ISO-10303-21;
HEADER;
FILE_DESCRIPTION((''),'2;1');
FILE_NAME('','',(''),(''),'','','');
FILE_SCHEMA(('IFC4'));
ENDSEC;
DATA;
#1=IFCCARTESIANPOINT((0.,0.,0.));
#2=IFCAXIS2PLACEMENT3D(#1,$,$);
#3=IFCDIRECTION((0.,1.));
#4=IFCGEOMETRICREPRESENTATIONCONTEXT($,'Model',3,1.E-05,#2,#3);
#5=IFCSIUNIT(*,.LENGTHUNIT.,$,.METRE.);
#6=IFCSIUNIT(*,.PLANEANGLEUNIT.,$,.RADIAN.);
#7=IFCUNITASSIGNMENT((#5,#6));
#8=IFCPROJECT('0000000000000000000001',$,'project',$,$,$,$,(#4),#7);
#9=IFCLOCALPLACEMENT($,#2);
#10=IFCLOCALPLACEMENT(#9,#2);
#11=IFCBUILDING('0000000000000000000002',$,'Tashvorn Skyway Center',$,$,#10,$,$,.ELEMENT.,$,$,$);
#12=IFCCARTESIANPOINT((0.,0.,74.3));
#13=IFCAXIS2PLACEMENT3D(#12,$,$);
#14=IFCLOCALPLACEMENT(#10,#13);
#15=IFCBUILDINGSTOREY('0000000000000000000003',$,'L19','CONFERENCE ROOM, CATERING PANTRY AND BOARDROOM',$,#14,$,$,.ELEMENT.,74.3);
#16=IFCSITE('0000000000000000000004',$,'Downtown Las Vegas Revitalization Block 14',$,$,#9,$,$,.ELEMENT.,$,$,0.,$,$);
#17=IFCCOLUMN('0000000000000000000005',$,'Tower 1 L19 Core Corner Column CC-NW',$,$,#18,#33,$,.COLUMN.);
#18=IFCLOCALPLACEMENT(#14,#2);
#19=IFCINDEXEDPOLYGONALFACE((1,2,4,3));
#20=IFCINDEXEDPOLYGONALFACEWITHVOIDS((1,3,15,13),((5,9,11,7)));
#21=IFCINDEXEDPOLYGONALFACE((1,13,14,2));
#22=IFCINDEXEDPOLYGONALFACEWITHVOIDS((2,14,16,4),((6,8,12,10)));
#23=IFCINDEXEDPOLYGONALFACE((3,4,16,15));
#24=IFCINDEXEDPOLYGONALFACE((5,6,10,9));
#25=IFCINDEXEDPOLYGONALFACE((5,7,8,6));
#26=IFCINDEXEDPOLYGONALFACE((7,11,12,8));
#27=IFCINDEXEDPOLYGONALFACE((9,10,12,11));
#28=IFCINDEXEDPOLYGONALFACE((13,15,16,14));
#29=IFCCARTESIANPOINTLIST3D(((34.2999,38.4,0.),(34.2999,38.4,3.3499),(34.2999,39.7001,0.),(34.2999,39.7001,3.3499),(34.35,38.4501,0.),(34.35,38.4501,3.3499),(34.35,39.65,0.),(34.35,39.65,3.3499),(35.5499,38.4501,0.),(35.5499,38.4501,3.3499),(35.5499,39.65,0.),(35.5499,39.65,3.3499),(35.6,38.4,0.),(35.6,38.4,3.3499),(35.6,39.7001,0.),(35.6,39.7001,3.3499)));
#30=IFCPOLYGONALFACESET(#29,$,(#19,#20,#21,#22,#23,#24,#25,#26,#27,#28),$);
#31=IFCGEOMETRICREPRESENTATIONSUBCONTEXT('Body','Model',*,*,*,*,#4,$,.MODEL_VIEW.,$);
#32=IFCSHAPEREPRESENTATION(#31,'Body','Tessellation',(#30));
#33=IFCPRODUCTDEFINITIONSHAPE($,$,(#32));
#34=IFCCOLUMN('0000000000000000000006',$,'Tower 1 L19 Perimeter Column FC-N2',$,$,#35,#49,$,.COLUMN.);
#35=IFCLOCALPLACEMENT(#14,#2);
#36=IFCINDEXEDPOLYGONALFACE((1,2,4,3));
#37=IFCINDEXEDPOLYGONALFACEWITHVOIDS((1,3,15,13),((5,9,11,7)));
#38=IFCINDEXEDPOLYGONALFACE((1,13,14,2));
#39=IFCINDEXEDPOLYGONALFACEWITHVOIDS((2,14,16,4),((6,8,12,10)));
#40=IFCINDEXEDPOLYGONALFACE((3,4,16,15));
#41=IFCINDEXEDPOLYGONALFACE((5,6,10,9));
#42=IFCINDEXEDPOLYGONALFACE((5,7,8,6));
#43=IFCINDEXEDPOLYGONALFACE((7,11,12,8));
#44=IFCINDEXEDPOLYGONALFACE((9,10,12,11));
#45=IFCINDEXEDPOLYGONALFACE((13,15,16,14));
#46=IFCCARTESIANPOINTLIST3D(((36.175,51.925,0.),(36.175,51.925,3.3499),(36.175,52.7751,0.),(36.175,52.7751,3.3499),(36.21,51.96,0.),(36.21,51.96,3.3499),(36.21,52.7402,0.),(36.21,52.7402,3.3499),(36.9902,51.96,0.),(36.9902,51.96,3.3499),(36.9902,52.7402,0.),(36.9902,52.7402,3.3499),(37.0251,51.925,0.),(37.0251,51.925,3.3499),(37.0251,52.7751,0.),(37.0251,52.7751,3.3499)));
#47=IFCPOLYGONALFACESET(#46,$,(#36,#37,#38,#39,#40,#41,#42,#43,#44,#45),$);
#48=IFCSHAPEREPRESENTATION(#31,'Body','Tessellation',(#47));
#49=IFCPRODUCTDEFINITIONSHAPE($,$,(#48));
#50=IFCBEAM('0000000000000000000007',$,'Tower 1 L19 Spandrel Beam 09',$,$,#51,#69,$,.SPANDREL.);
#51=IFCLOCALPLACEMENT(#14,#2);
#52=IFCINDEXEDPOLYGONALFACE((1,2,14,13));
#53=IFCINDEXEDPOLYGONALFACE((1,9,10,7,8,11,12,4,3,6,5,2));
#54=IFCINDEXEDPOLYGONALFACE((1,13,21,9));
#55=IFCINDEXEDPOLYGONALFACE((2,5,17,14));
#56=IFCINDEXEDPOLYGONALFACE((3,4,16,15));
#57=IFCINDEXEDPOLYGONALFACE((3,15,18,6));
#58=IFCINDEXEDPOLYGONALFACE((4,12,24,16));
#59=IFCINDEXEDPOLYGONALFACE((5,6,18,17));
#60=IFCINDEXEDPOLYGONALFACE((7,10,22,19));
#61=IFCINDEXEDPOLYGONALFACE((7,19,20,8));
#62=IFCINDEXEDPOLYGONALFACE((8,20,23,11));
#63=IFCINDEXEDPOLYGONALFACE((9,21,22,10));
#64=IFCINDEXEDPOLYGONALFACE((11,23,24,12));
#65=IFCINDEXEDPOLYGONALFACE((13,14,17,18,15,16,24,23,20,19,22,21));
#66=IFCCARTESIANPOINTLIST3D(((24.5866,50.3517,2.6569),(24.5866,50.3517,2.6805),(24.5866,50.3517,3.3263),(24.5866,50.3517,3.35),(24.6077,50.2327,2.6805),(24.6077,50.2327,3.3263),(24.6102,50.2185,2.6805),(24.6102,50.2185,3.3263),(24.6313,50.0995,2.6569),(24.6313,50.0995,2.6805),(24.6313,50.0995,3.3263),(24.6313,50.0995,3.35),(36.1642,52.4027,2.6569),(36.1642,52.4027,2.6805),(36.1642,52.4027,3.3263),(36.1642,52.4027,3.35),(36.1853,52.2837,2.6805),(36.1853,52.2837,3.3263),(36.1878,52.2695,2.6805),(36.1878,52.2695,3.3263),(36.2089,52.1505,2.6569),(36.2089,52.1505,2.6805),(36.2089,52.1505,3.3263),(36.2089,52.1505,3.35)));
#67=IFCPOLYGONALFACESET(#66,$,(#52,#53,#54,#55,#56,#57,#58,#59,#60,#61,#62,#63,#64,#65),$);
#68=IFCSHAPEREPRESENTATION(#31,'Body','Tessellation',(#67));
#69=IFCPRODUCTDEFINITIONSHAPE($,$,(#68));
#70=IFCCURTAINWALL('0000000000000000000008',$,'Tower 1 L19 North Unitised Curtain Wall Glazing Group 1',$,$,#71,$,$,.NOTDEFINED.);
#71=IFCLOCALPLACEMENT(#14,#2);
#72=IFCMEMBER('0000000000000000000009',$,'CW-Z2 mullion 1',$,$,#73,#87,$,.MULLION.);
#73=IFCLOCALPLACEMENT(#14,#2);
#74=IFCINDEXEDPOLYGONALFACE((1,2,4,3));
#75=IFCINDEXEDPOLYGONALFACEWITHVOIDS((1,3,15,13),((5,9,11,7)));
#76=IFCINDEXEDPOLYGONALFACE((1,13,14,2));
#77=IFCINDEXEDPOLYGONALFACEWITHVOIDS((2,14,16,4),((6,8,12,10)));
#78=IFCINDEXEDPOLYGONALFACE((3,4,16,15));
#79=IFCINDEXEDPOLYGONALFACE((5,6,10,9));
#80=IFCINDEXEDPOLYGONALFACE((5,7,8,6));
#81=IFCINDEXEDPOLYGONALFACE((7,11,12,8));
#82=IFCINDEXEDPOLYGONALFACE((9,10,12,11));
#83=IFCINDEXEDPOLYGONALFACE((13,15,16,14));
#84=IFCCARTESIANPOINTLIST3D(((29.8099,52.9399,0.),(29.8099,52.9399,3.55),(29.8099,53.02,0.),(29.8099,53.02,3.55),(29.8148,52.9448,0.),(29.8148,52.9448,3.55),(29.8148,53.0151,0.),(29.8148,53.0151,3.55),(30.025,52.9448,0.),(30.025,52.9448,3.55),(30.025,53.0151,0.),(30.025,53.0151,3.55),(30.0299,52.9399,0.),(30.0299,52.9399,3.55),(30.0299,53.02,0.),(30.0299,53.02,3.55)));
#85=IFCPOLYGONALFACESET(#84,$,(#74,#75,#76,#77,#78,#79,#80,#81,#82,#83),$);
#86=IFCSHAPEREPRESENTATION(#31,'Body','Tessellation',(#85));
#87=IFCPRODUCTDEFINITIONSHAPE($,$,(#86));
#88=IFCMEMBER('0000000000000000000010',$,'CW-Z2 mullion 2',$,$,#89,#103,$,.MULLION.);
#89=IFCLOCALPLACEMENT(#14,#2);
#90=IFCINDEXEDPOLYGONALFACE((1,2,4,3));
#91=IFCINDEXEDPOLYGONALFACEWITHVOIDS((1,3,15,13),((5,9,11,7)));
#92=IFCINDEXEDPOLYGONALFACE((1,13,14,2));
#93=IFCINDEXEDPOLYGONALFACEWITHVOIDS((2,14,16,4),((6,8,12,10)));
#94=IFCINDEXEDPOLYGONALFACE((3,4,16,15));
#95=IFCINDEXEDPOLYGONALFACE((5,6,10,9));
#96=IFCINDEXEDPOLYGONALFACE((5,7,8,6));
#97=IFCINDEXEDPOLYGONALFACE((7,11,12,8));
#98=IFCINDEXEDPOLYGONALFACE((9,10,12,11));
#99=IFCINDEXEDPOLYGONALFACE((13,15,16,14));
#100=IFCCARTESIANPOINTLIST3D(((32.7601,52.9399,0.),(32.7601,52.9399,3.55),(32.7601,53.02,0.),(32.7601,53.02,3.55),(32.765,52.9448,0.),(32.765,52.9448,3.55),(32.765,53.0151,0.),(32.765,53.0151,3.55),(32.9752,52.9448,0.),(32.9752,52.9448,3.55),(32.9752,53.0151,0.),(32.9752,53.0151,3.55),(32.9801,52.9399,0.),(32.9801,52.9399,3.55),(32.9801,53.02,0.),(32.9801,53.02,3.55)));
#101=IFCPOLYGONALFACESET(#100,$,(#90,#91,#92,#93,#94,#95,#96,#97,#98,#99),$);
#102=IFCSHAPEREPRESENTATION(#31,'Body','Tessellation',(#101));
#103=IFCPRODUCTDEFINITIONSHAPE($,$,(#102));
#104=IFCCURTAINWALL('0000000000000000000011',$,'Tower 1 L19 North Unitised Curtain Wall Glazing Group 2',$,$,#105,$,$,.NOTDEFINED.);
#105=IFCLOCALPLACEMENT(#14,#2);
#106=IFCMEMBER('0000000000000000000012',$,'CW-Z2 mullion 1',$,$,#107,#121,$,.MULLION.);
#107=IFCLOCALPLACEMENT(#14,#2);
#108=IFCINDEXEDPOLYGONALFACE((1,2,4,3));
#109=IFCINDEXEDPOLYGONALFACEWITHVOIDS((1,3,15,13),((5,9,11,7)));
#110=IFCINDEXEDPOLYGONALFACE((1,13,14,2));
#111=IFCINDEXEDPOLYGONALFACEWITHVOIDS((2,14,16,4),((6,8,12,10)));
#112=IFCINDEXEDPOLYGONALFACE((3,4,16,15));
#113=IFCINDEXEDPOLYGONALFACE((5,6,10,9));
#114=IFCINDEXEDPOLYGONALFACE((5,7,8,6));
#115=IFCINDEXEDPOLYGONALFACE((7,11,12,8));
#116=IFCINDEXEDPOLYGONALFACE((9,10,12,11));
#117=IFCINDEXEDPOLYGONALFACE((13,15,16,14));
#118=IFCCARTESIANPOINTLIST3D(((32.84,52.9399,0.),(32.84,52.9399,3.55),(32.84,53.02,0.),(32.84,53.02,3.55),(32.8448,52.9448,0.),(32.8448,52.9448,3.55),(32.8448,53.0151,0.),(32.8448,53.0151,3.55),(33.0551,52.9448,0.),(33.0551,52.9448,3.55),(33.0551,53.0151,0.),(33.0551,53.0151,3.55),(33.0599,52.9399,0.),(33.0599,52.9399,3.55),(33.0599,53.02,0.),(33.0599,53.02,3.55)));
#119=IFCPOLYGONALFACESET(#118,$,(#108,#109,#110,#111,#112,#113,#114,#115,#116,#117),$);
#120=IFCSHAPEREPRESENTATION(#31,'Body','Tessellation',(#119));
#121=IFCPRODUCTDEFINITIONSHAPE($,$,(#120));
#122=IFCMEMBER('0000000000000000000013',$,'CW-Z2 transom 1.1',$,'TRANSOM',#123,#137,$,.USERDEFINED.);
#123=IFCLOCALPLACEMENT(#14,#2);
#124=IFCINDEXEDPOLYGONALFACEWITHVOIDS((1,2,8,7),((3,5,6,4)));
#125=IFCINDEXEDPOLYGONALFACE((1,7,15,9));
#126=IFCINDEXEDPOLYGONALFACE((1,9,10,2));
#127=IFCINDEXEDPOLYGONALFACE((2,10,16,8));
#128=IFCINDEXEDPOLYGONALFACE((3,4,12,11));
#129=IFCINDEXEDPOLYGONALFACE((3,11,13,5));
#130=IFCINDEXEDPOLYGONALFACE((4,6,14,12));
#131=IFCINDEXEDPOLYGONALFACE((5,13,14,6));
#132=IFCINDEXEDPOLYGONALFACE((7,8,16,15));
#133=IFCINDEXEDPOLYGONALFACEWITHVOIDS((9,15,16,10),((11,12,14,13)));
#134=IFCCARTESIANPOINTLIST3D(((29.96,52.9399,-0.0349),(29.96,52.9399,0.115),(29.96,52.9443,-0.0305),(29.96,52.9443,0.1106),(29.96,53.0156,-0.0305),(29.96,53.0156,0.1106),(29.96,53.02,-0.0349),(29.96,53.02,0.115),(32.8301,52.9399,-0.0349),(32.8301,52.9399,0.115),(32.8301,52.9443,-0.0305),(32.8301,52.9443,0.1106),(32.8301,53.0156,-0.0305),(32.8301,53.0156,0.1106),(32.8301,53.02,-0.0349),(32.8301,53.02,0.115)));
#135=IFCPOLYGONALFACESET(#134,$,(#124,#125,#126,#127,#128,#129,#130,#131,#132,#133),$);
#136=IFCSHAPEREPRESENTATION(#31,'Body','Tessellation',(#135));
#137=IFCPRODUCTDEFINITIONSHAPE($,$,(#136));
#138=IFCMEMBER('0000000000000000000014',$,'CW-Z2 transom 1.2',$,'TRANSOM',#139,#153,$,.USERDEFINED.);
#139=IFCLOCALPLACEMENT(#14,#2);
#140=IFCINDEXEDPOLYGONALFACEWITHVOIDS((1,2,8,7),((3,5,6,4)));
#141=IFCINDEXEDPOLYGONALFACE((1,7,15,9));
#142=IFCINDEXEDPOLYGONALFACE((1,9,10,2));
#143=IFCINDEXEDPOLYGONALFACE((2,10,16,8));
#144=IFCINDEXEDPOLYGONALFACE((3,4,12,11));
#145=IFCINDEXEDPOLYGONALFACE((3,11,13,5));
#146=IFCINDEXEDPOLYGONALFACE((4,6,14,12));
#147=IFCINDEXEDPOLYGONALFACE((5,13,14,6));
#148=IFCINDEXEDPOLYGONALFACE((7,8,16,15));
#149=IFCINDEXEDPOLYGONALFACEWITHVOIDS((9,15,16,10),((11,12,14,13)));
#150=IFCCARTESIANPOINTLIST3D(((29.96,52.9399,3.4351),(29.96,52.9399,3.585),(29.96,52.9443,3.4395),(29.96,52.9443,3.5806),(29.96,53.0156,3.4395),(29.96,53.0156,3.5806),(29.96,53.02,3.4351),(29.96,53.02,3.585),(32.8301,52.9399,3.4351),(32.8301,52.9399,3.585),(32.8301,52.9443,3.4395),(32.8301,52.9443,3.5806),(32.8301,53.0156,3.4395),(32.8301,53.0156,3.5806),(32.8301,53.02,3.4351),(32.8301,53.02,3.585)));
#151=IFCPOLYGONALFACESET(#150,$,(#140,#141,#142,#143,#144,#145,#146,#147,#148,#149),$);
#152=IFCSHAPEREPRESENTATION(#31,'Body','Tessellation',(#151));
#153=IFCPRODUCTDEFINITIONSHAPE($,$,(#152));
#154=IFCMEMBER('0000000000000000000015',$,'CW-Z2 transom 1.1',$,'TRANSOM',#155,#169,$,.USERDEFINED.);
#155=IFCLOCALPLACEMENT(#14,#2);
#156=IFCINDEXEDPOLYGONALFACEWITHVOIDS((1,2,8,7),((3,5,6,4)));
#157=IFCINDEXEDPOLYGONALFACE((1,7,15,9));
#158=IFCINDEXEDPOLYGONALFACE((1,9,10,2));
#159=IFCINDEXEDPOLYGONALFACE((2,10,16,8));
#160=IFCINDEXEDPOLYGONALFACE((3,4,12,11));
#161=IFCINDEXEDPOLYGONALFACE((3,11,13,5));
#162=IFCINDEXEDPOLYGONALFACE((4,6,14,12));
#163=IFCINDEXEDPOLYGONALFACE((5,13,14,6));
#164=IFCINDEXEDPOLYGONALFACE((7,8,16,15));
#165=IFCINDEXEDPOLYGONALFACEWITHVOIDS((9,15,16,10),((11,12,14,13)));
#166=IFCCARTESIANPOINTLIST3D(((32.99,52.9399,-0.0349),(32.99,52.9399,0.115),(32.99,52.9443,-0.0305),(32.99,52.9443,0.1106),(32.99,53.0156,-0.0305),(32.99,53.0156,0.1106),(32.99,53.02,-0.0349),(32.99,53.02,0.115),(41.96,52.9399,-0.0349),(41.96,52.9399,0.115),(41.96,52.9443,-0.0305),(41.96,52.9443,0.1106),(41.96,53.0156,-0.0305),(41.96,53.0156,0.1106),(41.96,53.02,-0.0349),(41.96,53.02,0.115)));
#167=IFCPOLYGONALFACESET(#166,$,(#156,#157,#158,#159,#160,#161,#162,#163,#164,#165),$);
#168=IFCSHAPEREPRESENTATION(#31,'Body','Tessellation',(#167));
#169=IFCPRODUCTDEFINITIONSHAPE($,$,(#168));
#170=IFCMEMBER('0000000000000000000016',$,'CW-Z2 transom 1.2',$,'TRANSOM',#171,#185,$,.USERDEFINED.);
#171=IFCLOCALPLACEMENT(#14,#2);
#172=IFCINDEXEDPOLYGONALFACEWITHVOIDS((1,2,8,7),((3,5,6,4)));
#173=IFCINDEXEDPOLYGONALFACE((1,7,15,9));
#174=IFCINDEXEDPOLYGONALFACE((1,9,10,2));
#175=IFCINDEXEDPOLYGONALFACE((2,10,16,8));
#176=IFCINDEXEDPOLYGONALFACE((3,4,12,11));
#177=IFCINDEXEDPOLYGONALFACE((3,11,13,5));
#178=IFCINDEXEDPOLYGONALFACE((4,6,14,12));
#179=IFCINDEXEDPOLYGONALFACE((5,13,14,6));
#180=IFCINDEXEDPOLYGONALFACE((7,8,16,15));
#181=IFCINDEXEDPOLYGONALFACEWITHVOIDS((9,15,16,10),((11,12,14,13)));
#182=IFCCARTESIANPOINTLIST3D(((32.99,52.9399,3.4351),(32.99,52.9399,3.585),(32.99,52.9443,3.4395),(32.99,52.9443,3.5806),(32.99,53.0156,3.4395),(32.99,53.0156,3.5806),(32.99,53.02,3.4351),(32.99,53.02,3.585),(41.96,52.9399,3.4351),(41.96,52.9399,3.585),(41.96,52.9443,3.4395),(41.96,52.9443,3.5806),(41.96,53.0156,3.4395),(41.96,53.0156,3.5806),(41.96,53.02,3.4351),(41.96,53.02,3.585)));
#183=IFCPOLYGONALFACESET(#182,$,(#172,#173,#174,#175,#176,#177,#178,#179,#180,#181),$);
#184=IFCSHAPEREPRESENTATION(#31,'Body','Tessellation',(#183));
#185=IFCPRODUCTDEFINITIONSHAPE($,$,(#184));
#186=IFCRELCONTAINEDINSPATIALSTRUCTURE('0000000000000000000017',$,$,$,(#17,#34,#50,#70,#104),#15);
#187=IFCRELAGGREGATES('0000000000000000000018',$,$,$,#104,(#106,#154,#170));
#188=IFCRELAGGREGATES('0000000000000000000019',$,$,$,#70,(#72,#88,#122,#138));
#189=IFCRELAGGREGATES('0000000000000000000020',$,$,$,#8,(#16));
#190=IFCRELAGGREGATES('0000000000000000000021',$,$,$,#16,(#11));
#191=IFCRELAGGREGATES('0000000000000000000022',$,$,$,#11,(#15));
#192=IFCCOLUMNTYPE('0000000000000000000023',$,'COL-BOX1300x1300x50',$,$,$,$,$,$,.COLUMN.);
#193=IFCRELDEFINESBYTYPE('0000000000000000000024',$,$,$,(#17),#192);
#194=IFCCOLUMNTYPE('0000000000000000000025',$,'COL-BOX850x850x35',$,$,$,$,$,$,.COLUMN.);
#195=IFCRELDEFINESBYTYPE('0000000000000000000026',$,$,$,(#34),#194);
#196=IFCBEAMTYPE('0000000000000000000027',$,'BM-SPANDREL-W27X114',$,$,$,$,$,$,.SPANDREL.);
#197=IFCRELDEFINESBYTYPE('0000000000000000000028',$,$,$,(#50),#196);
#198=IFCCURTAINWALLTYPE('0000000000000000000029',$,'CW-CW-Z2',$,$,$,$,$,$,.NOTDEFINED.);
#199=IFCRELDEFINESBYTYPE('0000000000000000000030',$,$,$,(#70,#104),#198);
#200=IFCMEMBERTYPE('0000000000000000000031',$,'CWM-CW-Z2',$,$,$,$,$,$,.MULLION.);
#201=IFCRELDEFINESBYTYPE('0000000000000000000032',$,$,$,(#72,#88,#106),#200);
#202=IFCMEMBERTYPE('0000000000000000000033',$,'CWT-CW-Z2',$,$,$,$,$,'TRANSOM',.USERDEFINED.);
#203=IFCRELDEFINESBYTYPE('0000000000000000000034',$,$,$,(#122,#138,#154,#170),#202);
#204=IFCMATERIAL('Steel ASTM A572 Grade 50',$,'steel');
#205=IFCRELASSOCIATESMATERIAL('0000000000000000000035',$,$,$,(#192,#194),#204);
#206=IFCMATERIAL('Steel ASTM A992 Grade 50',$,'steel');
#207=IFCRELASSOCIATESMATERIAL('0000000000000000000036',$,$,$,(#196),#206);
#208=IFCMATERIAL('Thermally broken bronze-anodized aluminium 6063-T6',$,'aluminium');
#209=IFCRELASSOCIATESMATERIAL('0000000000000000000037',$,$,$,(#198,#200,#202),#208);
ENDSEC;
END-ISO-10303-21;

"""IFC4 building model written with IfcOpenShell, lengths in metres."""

from ifc_helpers import new_model, si_unit, direction, frame, origin, origin_2d, place, context, subcontext, project, spatial, hollow_rectangle, i_section, extrude, material, material_profile, profile_set, type_object, element, aggregate, save


model = new_model("IFC4")

# Units and contexts
model_context = context("Model", 3, precision=1e-05, world=origin(), true_north=direction((0.0, 1.0)))
body_context = subcontext(model_context, "Body", "Model", "MODEL_VIEW")
ifc_project = project(units=[si_unit("LENGTHUNIT", "METRE"), si_unit("PLANEANGLEUNIT", "RADIAN")], contexts=[model_context])

# Site, building, storey
site_placement = place(None, origin())
site = spatial("IfcSite", under=ifc_project, at=site_placement, Name="Downtown Las Vegas Revitalization Block 14", CompositionType="ELEMENT", RefElevation=0.0)
building_placement = place(site_placement, origin())
building = spatial("IfcBuilding", under=site, at=building_placement, Name="Tashvorn Skyway Center", CompositionType="ELEMENT")
storey_placement = place(building_placement, frame((0.0, 0.0, 74.3)))
storey = spatial("IfcBuildingStorey", under=building, at=storey_placement, Name="L19", Description="CONFERENCE ROOM, CATERING PANTRY AND BOARDROOM", CompositionType="ELEMENT", Elevation=74.3)

# Columns
ifc_material_1 = material(Name="Steel ASTM A572 Grade 50", Category="steel")
ifc_material_profile_1 = material_profile(ifc_material_1, hollow_rectangle(XDim=1.3, YDim=1.3, WallThickness=0.05, at=origin_2d()), Name="BOX1300x1300x50")
ifc_profile_set_1 = profile_set([ifc_material_profile_1], Name="Steel ASTM A572 Grade 50")
column_type_1 = type_object("IfcColumnType", Name="COL-BOX1300x1300x50", PredefinedType="COLUMN", material=ifc_profile_set_1)
column_1_placement = place(storey_placement, frame((34.95, 39.05, 0.0), z_axis=(0.0, 0.0, 1.0), x_axis=(1.0, 0.0, 0.0)))
element("IfcColumn", 1, at=column_1_placement, inside=storey, type_object=column_type_1, Name="Tower 1 L19 Core Corner Column CC-NW", PredefinedType="COLUMN", context=body_context, shape_type="SweptSolid", body=[
    extrude(hollow_rectangle(XDim=1.3, YDim=1.3, WallThickness=0.05, at=origin_2d()), origin(), (0.0, 0.0, 1.0), 3.3499),
])
ifc_material_profile_2 = material_profile(ifc_material_1, hollow_rectangle(XDim=0.8501, YDim=0.8501, WallThickness=0.0349, at=origin_2d()), Name="BOX850x850x35")
ifc_profile_set_2 = profile_set([ifc_material_profile_2], Name="Steel ASTM A572 Grade 50")
column_type_2 = type_object("IfcColumnType", Name="COL-BOX850x850x35", PredefinedType="COLUMN", material=ifc_profile_set_2)
column_2_placement = place(storey_placement, frame((36.6001, 52.3501, 0.0), z_axis=(0.0, 0.0, 1.0), x_axis=(1.0, 0.0, 0.0)))
element("IfcColumn", 2, at=column_2_placement, inside=storey, type_object=column_type_2, Name="Tower 1 L19 Perimeter Column FC-N2", PredefinedType="COLUMN", context=body_context, shape_type="SweptSolid", body=[
    extrude(hollow_rectangle(XDim=0.8501, YDim=0.8501, WallThickness=0.0349, at=origin_2d()), origin(), (0.0, 0.0, 1.0), 3.3499),
])

# Beam
ifc_material_2 = material(Name="Steel ASTM A992 Grade 50", Category="steel")
ifc_material_profile_3 = material_profile(ifc_material_2, i_section(OverallWidth=0.2561, OverallDepth=0.6931, WebThickness=0.0144, FlangeThickness=0.0237, at=origin_2d()), Name="W27X114")
ifc_profile_set_3 = profile_set([ifc_material_profile_3], Name="Steel ASTM A992 Grade 50")
beam_type = type_object("IfcBeamType", Name="BM-SPANDREL-W27X114", PredefinedType="SPANDREL", material=ifc_profile_set_3)
beam_placement = place(storey_placement, frame((36.1865, 52.2766, 3.0034), z_axis=(-0.984668, -0.174438, 0.0), x_axis=(0.174438, -0.984668, 0.0)))
element("IfcBeam", 3, at=beam_placement, inside=storey, type_object=beam_type, Name="Tower 1 L19 Spandrel Beam 09", PredefinedType="SPANDREL", context=body_context, shape_type="SweptSolid", body=[
    extrude(i_section(OverallWidth=0.2561, OverallDepth=0.6931, WebThickness=0.0144, FlangeThickness=0.0237, at=origin_2d()), origin(), (0.0, 0.0, 1.0), 11.7578),
])

# Curtain wall, members
ifc_material_3 = material(Name="Thermally broken bronze-anodized aluminium 6063-T6", Category="aluminium")
curtain_wall_type = type_object("IfcCurtainWallType", Name="CW-CW-Z2", PredefinedType="NOTDEFINED", material=ifc_material_3)
curtain_wall_1_placement = place(storey_placement, origin())
curtain_wall_1 = element("IfcCurtainWall", 4, at=curtain_wall_1_placement, inside=storey, type_object=curtain_wall_type, Name="Tower 1 L19 North Unitised Curtain Wall Glazing Group 1", PredefinedType="NOTDEFINED")
ifc_material_profile_4 = material_profile(ifc_material_3, hollow_rectangle(XDim=0.0801, YDim=0.22, WallThickness=0.0049, at=origin_2d()), Name="ALU-MULL-80x220")
ifc_profile_set_4 = profile_set([ifc_material_profile_4], Name="Thermally broken bronze-anodized aluminium 6063-T6")
member_type_1 = type_object("IfcMemberType", Name="CWM-CW-Z2", PredefinedType="MULLION", material=ifc_profile_set_4)
member_1_placement = place(storey_placement, frame((29.9199, 52.98, 0.0), z_axis=(0.0, 0.0, 1.0), x_axis=(0.0, 1.0, 0.0)))
member_1 = element("IfcMember", 5, at=member_1_placement, type_object=member_type_1, Name="CW-Z2 mullion 1", PredefinedType="MULLION", context=body_context, shape_type="SweptSolid", body=[
    extrude(hollow_rectangle(XDim=0.0801, YDim=0.22, WallThickness=0.0049, at=origin_2d()), origin(), (0.0, 0.0, 1.0), 3.55),
])
member_2_placement = place(storey_placement, frame((32.8701, 52.98, 0.0), z_axis=(0.0, 0.0, 1.0), x_axis=(0.0, 1.0, 0.0)))
member_2 = element("IfcMember", 6, at=member_2_placement, type_object=member_type_1, Name="CW-Z2 mullion 2", PredefinedType="MULLION", context=body_context, shape_type="SweptSolid", body=[
    extrude(hollow_rectangle(XDim=0.0801, YDim=0.22, WallThickness=0.0049, at=origin_2d()), origin(), (0.0, 0.0, 1.0), 3.55),
])

# Curtain wall, member
curtain_wall_2_placement = place(storey_placement, origin())
curtain_wall_2 = element("IfcCurtainWall", 7, at=curtain_wall_2_placement, inside=storey, type_object=curtain_wall_type, Name="Tower 1 L19 North Unitised Curtain Wall Glazing Group 2", PredefinedType="NOTDEFINED")
member_3_placement = place(storey_placement, frame((32.95, 52.98, 0.0), z_axis=(0.0, 0.0, 1.0), x_axis=(0.0, 1.0, 0.0)))
member_3 = element("IfcMember", 8, at=member_3_placement, type_object=member_type_1, Name="CW-Z2 mullion 1", PredefinedType="MULLION", context=body_context, shape_type="SweptSolid", body=[
    extrude(hollow_rectangle(XDim=0.0801, YDim=0.22, WallThickness=0.0049, at=origin_2d()), origin(), (0.0, 0.0, 1.0), 3.55),
])

# Members
ifc_material_profile_5 = material_profile(ifc_material_3, hollow_rectangle(XDim=0.0801, YDim=0.1499, WallThickness=0.0044, at=origin_2d()), Name="ALU-TRAN-80x150")
ifc_profile_set_5 = profile_set([ifc_material_profile_5], Name="Thermally broken bronze-anodized aluminium 6063-T6")
member_type_2 = type_object("IfcMemberType", Name="CWT-CW-Z2", ElementType="TRANSOM", PredefinedType="USERDEFINED", material=ifc_profile_set_5)
member_4_placement = place(storey_placement, frame((29.96, 52.98, 0.04), z_axis=(1.0, 0.0, 0.0), x_axis=(0.0, 1.0, 0.0)))
member_4 = element("IfcMember", 9, at=member_4_placement, type_object=member_type_2, Name="CW-Z2 transom 1.1", ObjectType="TRANSOM", PredefinedType="USERDEFINED", context=body_context, shape_type="SweptSolid", body=[
    extrude(hollow_rectangle(XDim=0.0801, YDim=0.1499, WallThickness=0.0044, at=origin_2d()), origin(), (0.0, 0.0, 1.0), 2.8701),
])
member_5_placement = place(storey_placement, frame((29.96, 52.98, 3.51), z_axis=(1.0, 0.0, 0.0), x_axis=(0.0, 1.0, 0.0)))
member_5 = element("IfcMember", 10, at=member_5_placement, type_object=member_type_2, Name="CW-Z2 transom 1.2", ObjectType="TRANSOM", PredefinedType="USERDEFINED", context=body_context, shape_type="SweptSolid", body=[
    extrude(hollow_rectangle(XDim=0.0801, YDim=0.1499, WallThickness=0.0044, at=origin_2d()), origin(), (0.0, 0.0, 1.0), 2.8701),
])
member_6_placement = place(storey_placement, frame((32.99, 52.98, 0.04), z_axis=(1.0, 0.0, 0.0), x_axis=(0.0, 1.0, 0.0)))
member_6 = element("IfcMember", 11, at=member_6_placement, type_object=member_type_2, Name="CW-Z2 transom 1.1", ObjectType="TRANSOM", PredefinedType="USERDEFINED", context=body_context, shape_type="SweptSolid", body=[
    extrude(hollow_rectangle(XDim=0.0801, YDim=0.1499, WallThickness=0.0044, at=origin_2d()), origin(), (0.0, 0.0, 1.0), 8.97),
])
member_7_placement = place(storey_placement, frame((32.99, 52.98, 3.51), z_axis=(1.0, 0.0, 0.0), x_axis=(0.0, 1.0, 0.0)))
member_7 = element("IfcMember", 12, at=member_7_placement, type_object=member_type_2, Name="CW-Z2 transom 1.2", ObjectType="TRANSOM", PredefinedType="USERDEFINED", context=body_context, shape_type="SweptSolid", body=[
    extrude(hollow_rectangle(XDim=0.0801, YDim=0.1499, WallThickness=0.0044, at=origin_2d()), origin(), (0.0, 0.0, 1.0), 8.97),
])
aggregate(curtain_wall_2, [member_3, member_6, member_7])

aggregate(curtain_wall_1, [member_1, member_2, member_4, member_5])

save(model, "model.ifc")
